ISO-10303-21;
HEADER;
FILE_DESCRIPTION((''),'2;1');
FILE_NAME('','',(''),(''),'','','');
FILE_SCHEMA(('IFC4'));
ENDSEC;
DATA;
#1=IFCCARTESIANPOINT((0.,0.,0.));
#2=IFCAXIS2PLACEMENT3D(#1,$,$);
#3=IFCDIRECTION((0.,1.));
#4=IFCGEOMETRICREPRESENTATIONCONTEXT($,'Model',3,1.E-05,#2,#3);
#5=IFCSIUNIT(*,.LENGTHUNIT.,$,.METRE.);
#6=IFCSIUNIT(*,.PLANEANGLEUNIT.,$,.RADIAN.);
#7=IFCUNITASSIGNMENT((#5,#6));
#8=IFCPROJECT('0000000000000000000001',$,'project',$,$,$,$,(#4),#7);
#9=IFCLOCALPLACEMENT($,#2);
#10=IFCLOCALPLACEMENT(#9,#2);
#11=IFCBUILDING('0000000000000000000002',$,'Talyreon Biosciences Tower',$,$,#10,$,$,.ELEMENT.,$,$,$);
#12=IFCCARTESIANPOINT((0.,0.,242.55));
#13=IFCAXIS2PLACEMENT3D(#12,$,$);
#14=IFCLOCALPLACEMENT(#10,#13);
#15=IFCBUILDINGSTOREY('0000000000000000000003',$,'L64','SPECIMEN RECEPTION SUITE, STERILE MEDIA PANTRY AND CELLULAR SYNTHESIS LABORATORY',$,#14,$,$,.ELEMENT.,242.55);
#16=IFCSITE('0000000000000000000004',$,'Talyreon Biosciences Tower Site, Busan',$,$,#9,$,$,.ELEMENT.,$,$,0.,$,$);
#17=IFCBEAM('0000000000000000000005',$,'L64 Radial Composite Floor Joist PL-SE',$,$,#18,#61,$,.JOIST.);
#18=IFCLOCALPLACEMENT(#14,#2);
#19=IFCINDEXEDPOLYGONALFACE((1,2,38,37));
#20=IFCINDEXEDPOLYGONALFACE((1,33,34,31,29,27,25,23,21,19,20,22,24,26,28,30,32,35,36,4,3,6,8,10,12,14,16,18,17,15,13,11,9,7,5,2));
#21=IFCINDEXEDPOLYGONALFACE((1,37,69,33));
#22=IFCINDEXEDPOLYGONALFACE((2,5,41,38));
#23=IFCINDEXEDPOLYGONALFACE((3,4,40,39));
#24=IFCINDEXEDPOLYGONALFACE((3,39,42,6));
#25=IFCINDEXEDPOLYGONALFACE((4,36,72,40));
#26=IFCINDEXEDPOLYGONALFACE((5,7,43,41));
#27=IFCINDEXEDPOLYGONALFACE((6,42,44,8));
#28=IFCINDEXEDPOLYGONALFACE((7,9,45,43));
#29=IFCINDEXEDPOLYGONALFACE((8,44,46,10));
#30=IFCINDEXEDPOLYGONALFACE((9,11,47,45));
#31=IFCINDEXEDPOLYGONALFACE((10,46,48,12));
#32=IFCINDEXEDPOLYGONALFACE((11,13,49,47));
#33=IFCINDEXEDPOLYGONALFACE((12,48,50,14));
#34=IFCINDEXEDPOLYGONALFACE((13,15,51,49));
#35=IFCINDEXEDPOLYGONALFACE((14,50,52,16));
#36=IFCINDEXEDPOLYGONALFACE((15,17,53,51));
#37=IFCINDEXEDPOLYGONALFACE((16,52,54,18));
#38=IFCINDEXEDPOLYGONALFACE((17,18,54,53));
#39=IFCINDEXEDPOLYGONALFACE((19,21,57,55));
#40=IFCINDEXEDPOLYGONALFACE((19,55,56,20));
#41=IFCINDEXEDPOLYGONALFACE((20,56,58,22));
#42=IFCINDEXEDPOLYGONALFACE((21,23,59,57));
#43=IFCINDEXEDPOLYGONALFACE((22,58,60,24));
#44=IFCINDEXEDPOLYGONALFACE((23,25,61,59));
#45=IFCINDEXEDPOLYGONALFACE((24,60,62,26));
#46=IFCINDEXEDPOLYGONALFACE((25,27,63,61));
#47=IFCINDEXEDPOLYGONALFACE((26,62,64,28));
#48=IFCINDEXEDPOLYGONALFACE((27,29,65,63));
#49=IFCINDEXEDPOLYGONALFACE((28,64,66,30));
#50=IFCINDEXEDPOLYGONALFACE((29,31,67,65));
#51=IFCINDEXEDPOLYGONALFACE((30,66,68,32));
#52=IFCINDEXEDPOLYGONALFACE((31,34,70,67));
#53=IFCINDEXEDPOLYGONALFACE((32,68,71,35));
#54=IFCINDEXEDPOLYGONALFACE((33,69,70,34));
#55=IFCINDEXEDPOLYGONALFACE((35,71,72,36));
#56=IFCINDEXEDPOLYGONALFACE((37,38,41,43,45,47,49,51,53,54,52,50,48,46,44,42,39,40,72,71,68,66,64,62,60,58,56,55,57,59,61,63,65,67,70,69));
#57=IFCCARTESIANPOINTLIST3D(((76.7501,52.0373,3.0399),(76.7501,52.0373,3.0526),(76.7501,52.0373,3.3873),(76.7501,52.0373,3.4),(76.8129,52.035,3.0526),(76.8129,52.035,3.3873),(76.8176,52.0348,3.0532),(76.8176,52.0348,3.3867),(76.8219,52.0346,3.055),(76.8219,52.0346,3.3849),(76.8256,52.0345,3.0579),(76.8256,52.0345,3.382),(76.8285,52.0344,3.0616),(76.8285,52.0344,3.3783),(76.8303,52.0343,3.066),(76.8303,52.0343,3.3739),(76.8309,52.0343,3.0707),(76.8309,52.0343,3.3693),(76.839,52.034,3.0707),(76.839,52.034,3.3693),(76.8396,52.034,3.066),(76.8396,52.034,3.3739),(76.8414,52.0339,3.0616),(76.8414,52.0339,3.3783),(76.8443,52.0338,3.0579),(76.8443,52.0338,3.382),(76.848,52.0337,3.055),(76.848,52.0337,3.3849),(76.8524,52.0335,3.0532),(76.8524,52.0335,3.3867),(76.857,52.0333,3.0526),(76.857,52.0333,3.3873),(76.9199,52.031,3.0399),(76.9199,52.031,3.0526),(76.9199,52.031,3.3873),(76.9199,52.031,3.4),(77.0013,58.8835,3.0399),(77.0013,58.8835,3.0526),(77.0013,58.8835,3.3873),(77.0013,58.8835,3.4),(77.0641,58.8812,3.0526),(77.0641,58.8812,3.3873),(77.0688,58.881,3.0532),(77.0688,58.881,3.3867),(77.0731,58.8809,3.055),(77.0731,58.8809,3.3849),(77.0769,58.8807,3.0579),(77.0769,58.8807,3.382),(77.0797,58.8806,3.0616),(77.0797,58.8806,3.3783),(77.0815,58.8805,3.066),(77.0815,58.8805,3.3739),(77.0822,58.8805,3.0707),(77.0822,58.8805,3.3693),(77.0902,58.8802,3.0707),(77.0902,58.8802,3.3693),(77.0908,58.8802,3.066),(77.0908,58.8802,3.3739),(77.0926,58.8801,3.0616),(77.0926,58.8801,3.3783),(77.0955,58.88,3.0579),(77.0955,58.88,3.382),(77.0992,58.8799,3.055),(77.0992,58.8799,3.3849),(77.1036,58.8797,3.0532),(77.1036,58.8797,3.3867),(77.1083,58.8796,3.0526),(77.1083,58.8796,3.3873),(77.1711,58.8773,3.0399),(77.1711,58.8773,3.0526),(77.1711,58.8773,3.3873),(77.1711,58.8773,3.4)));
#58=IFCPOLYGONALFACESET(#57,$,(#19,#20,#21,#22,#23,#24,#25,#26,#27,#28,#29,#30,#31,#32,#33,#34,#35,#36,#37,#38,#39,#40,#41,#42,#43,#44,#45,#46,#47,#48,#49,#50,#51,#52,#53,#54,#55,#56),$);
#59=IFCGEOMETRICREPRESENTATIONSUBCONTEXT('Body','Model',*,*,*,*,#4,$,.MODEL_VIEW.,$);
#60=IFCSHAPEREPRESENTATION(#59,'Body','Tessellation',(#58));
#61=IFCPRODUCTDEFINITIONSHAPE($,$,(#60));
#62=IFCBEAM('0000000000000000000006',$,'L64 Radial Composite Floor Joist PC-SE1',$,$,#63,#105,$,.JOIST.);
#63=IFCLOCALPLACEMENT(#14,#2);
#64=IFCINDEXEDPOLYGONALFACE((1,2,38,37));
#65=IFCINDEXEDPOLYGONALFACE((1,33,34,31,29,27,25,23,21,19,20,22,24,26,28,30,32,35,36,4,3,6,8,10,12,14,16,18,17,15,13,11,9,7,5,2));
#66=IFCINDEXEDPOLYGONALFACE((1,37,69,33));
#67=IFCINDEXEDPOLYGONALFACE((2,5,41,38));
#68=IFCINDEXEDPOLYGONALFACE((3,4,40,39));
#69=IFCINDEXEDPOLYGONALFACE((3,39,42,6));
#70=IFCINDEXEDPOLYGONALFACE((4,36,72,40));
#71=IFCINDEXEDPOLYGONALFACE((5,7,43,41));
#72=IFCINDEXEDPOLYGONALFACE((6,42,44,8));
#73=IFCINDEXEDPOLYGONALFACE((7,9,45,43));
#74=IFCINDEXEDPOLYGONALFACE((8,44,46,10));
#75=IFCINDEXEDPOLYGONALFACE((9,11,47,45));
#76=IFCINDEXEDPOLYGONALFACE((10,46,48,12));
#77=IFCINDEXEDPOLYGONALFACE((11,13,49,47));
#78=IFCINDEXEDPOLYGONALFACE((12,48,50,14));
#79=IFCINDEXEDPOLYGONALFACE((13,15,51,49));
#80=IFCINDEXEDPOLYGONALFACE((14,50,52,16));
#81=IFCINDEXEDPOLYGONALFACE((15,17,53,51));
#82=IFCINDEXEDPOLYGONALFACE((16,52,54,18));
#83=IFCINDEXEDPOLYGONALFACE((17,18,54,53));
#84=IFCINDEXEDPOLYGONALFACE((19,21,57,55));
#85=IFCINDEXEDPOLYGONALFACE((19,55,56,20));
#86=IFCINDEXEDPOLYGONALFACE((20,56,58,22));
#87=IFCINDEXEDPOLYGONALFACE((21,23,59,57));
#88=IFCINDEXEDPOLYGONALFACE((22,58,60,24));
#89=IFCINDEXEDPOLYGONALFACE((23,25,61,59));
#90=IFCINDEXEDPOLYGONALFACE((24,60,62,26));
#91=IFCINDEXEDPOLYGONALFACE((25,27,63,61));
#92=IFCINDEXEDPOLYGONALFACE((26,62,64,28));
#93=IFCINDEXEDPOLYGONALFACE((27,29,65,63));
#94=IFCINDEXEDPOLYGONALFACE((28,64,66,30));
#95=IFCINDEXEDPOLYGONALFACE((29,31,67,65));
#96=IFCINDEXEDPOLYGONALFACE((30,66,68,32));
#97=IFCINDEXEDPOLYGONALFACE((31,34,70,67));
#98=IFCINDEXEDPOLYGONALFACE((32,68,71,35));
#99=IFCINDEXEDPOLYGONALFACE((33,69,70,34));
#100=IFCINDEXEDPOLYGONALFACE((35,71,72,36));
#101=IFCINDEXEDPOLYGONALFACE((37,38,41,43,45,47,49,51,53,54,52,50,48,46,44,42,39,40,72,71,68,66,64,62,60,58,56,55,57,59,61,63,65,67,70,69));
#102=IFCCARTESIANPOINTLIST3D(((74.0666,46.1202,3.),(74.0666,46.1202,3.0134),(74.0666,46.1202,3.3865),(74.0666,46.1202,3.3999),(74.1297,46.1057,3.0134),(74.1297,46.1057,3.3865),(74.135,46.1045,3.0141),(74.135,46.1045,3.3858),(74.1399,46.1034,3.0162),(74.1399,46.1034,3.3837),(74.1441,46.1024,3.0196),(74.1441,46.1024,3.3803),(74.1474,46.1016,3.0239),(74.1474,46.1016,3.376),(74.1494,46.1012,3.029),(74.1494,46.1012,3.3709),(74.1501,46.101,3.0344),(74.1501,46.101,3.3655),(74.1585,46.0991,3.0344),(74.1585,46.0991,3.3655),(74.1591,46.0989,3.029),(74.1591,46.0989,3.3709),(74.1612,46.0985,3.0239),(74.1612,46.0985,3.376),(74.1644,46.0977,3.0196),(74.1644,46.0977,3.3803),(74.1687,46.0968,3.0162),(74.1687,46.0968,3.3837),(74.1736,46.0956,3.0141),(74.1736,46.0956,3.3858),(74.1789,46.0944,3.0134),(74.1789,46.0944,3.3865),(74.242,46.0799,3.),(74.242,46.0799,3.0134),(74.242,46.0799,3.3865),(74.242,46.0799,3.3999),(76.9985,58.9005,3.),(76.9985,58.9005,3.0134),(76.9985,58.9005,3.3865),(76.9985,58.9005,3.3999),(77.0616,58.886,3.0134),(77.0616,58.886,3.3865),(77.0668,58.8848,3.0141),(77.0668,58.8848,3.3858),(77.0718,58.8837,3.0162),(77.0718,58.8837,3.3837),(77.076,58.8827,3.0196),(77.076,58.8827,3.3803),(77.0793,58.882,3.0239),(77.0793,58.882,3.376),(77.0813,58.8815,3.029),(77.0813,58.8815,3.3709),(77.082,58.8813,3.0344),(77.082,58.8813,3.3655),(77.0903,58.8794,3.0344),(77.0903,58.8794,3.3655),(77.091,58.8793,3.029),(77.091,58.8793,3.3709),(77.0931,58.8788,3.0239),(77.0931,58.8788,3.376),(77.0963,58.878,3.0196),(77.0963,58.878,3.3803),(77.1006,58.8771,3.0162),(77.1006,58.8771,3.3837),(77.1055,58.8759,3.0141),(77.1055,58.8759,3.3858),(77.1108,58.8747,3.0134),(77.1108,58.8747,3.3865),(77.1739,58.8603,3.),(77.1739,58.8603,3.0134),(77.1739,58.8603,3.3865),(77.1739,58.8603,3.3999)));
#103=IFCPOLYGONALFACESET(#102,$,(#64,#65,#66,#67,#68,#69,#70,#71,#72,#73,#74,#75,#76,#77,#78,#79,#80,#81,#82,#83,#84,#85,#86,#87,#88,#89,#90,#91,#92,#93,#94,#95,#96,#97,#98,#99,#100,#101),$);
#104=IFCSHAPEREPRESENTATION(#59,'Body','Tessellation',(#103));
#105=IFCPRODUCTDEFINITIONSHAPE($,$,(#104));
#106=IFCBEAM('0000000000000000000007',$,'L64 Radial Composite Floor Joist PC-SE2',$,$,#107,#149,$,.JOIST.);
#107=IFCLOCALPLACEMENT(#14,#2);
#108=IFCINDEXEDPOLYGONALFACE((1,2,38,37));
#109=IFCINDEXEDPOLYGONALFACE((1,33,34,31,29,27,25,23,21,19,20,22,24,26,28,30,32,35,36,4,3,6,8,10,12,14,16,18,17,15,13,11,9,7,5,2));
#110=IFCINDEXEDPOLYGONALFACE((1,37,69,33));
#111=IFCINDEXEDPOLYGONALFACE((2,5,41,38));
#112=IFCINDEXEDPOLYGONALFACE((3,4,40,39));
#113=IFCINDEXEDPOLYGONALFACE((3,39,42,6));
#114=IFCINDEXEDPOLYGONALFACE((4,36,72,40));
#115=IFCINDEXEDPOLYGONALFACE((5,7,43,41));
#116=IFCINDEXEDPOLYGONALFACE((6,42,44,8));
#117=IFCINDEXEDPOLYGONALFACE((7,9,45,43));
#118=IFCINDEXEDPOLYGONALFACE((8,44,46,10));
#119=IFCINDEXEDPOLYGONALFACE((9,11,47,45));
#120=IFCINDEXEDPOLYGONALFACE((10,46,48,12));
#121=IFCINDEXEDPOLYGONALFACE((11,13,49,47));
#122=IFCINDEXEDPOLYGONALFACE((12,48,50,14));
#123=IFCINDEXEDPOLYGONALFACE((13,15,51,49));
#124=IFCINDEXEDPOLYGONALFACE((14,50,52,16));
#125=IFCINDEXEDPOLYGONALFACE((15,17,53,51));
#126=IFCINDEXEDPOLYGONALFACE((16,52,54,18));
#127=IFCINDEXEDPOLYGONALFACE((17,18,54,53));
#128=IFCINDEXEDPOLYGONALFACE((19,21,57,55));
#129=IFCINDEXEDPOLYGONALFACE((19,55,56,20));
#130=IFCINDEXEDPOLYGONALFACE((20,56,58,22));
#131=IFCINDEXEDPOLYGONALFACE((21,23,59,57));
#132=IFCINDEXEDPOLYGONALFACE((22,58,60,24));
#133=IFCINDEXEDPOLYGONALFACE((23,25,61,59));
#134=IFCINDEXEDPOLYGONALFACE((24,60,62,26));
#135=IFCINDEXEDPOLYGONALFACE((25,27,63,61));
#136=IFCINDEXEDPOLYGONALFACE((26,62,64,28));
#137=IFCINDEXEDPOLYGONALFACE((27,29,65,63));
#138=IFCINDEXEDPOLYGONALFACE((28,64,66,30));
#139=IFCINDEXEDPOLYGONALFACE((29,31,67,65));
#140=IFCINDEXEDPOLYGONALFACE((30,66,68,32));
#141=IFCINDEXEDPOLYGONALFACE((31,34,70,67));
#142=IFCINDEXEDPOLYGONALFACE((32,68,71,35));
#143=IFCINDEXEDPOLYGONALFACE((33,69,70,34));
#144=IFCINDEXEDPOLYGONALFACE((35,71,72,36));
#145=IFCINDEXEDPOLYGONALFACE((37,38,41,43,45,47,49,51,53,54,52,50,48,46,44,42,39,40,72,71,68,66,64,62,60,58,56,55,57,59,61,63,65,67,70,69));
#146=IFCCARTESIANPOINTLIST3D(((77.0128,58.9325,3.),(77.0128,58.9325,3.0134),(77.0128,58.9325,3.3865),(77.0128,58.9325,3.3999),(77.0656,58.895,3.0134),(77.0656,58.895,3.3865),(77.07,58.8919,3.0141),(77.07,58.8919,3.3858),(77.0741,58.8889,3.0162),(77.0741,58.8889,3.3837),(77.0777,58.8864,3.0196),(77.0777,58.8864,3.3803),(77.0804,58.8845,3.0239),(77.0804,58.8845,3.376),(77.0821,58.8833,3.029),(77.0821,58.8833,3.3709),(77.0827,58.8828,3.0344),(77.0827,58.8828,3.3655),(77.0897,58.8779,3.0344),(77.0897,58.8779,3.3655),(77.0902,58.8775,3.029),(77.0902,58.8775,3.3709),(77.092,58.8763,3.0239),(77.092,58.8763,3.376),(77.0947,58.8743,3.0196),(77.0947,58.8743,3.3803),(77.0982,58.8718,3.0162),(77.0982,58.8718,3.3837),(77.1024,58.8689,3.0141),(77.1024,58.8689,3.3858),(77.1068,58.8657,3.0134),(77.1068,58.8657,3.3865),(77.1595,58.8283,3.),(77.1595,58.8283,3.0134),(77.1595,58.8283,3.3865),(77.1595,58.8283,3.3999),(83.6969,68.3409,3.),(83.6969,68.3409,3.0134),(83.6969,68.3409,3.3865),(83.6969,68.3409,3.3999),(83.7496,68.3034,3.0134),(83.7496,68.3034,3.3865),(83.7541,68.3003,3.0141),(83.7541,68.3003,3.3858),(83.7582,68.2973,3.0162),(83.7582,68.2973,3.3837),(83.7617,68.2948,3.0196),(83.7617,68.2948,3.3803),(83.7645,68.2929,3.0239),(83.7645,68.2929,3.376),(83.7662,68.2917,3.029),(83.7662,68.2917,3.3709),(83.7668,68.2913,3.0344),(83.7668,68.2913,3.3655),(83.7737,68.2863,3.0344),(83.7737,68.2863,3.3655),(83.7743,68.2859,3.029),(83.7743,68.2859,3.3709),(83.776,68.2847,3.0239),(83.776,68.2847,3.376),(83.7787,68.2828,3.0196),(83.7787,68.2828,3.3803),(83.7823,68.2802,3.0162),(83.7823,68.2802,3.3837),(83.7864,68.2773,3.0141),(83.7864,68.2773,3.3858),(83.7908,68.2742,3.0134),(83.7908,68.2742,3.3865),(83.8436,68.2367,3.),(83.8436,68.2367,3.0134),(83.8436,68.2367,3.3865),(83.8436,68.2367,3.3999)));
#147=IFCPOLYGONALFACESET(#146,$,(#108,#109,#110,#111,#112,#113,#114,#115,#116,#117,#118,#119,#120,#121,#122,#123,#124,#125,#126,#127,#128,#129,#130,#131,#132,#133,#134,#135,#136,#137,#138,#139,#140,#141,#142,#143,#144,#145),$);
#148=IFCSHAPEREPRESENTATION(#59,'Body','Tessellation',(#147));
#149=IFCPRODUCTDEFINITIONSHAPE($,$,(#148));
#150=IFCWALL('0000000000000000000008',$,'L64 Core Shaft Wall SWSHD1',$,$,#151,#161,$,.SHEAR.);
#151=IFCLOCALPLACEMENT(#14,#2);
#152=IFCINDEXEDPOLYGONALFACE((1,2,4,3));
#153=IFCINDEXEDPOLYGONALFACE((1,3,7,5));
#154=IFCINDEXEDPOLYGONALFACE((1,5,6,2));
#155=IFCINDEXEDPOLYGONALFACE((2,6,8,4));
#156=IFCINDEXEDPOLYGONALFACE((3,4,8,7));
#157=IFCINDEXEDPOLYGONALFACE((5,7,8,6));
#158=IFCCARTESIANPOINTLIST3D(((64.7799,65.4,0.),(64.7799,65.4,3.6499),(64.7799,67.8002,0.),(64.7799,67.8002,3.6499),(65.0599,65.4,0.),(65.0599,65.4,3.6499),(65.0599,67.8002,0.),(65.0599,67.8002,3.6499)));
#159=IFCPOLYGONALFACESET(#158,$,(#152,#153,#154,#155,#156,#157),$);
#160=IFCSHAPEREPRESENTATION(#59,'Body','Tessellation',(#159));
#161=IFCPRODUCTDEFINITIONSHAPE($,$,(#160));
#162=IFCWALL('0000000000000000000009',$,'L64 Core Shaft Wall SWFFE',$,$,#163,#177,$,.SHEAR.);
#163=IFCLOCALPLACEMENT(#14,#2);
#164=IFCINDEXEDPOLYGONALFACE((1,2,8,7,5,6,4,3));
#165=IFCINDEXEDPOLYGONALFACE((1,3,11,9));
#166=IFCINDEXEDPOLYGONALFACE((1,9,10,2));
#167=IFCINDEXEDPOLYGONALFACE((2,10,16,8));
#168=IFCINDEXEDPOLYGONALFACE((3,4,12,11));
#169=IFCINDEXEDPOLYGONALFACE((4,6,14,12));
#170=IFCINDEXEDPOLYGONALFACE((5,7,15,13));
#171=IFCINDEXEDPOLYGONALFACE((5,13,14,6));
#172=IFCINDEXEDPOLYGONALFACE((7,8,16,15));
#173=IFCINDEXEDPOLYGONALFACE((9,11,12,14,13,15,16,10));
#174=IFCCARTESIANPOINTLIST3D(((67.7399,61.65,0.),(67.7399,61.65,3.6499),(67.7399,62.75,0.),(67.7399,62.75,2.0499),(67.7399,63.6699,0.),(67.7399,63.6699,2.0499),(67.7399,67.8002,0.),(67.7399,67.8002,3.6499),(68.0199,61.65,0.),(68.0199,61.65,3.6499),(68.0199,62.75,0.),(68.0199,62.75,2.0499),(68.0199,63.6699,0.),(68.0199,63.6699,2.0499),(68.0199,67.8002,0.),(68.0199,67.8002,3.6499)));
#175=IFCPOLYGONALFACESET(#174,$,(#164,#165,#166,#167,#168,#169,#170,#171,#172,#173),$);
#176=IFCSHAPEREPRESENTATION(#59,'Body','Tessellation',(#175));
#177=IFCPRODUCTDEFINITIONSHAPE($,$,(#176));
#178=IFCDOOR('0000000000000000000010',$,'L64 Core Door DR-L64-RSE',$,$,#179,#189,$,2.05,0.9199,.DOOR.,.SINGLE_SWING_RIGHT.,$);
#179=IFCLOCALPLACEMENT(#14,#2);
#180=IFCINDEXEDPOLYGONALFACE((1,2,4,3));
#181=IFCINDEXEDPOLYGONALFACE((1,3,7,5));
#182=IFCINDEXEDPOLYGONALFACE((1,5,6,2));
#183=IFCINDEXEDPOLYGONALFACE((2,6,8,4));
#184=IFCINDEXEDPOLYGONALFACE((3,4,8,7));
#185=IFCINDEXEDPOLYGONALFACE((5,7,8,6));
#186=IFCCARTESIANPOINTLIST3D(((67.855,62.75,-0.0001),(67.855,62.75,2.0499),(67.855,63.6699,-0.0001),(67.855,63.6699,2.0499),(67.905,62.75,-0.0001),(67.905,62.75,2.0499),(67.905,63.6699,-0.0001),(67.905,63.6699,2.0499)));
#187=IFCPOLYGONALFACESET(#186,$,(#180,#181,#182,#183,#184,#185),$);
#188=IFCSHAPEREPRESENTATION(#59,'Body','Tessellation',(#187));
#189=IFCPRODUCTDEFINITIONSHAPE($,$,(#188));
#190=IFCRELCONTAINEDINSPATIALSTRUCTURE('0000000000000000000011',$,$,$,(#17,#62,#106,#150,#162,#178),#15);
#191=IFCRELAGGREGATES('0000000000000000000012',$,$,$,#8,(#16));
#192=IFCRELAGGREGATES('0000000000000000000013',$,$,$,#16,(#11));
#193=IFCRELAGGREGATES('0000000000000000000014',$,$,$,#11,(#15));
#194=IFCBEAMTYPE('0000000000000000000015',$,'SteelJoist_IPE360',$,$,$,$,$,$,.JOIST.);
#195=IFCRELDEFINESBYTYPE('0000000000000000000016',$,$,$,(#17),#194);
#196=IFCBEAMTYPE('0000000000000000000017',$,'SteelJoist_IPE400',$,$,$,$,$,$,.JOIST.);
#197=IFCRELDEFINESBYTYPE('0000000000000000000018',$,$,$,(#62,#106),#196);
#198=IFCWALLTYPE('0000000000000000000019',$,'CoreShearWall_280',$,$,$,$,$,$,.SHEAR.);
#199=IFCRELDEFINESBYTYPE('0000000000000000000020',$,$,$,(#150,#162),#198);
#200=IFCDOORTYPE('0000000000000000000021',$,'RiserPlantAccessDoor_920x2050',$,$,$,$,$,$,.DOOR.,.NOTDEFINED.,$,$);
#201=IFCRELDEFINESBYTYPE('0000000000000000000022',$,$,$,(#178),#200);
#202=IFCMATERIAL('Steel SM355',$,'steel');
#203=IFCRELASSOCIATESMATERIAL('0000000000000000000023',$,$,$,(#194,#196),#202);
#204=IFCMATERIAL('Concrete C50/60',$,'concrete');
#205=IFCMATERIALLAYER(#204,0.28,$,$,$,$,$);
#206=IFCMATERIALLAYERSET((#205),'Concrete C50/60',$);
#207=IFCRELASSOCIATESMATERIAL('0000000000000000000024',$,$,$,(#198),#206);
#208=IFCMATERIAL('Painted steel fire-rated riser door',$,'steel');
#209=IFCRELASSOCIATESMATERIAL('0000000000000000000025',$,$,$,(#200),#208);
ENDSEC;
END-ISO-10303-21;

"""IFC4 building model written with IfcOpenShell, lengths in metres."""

from ifc_helpers import new_model, si_unit, direction, frame, frame_2d, origin, origin_2d, place, context, subcontext, project, spatial, rectangle, i_section, extrude, material, layer, layer_set, material_profile, profile_set, type_object, element, fill, save


model = new_model("IFC4")

# Units and contexts
model_context = context("Model", 3, precision=1e-05, world=origin(), true_north=direction((0.0, 1.0)))
body_context = subcontext(model_context, "Body", "Model", "MODEL_VIEW")
ifc_project = project(units=[si_unit("LENGTHUNIT", "METRE"), si_unit("PLANEANGLEUNIT", "RADIAN")], contexts=[model_context])

# Site, building, storey
site_placement = place(None, origin())
site = spatial("IfcSite", under=ifc_project, at=site_placement, Name="Talyreon Biosciences Tower Site, Busan", CompositionType="ELEMENT", RefElevation=0.0)
building_placement = place(site_placement, origin())
building = spatial("IfcBuilding", under=site, at=building_placement, Name="Talyreon Biosciences Tower", CompositionType="ELEMENT")
storey_placement = place(building_placement, frame((0.0, 0.0, 242.55)))
storey = spatial("IfcBuildingStorey", under=building, at=storey_placement, Name="L64", Description="SPECIMEN RECEPTION SUITE, STERILE MEDIA PANTRY AND CELLULAR SYNTHESIS LABORATORY", CompositionType="ELEMENT", Elevation=242.55)

# Shared definitions
ifc_material_1 = material(Name="Concrete C50/60", Category="concrete")

# Beams
ifc_material_2 = material(Name="Steel SM355", Category="steel")
ifc_material_profile_1 = material_profile(ifc_material_2, i_section(OverallWidth=0.1699, OverallDepth=0.3601, WebThickness=0.0081, FlangeThickness=0.0127, FilletRadius=0.0181, at=origin_2d()), Name="IPE360")
ifc_profile_set_1 = profile_set([ifc_material_profile_1], Name="Steel SM355")
beam_type_1 = type_object("IfcBeamType", Name="SteelJoist_IPE360", PredefinedType="JOIST", material=ifc_profile_set_1)
beam_1_placement = place(storey_placement, frame((77.0862, 58.8804, 3.22), z_axis=(-0.03667, -0.999327, 0.0), x_axis=(0.999327, -0.03667, 0.0)))
element("IfcBeam", 1, at=beam_1_placement, inside=storey, type_object=beam_type_1, Name="L64 Radial Composite Floor Joist PL-SE", PredefinedType="JOIST", context=body_context, shape_type="SweptSolid", body=[
    extrude(i_section(OverallWidth=0.1699, OverallDepth=0.3601, WebThickness=0.0081, FlangeThickness=0.0127, FilletRadius=0.0181, at=origin_2d()), origin(), (0.0, 0.0, 1.0), 6.8508),
])
ifc_material_profile_2 = material_profile(ifc_material_2, i_section(OverallWidth=0.1799, OverallDepth=0.3999, WebThickness=0.0085, FlangeThickness=0.0134, FilletRadius=0.021, at=origin_2d()), Name="IPE400")
ifc_profile_set_2 = profile_set([ifc_material_profile_2], Name="Steel SM355")
beam_type_2 = type_object("IfcBeamType", Name="SteelJoist_IPE400", PredefinedType="JOIST", material=ifc_profile_set_2)
beam_2_placement = place(storey_placement, frame((77.0862, 58.8804, 3.2), z_axis=(-0.223599, -0.974681, 0.0), x_axis=(0.974681, -0.223599, 0.0)))
element("IfcBeam", 2, at=beam_2_placement, inside=storey, type_object=beam_type_2, Name="L64 Radial Composite Floor Joist PC-SE1", PredefinedType="JOIST", context=body_context, shape_type="SweptSolid", body=[
    extrude(i_section(OverallWidth=0.1799, OverallDepth=0.3999, WebThickness=0.0085, FlangeThickness=0.0134, FilletRadius=0.021, at=origin_2d()), origin(), (0.0, 0.0, 1.0), 13.1123),
])
beam_3_placement = place(storey_placement, frame((77.0862, 58.8804, 3.2), z_axis=(0.579157, 0.815216, 0.0), x_axis=(-0.815216, 0.579157, 0.0)))
element("IfcBeam", 3, at=beam_3_placement, inside=storey, type_object=beam_type_2, Name="L64 Radial Composite Floor Joist PC-SE2", PredefinedType="JOIST", context=body_context, shape_type="SweptSolid", body=[
    extrude(i_section(OverallWidth=0.1799, OverallDepth=0.3999, WebThickness=0.0085, FlangeThickness=0.0134, FilletRadius=0.021, at=origin_2d()), origin(), (0.0, 0.0, 1.0), 11.541),
])

# Wall
ifc_layer_1 = layer(ifc_material_1, 0.28)
ifc_layer_set_1 = layer_set([ifc_layer_1], Name="Concrete C50/60")
wall_type_1 = type_object("IfcWallType", Name="CoreShearWall_280", PredefinedType="SHEAR", material=ifc_layer_set_1)
wall_1_placement = place(storey_placement, frame((64.9199, 65.3999, 0.0), z_axis=(0.0, 0.0, 1.0), x_axis=(0.0, 1.0, 0.0)))
element("IfcWall", 4, at=wall_1_placement, inside=storey, type_object=wall_type_1, Name="L64 Core Shaft Wall SWSHD1", PredefinedType="SHEAR", context=body_context, shape_type="SweptSolid", body=[
    extrude(rectangle(XDim=2.4001, YDim=0.28, at=frame_2d((1.2002, 0.0))), origin(), (0.0, 0.0, 1.0), 3.6499),
])

# Wall, opening, door
wall_2_placement = place(storey_placement, frame((67.8799, 61.6499, 0.0), z_axis=(0.0, 0.0, 1.0), x_axis=(0.0, 1.0, 0.0)))
wall_2 = element("IfcWall", 5, at=wall_2_placement, inside=storey, type_object=wall_type_1, Name="L64 Core Shaft Wall SWFFE", PredefinedType="SHEAR", context=body_context, shape_type="SweptSolid", body=[
    extrude(rectangle(XDim=6.1501, YDim=0.28, at=frame_2d((3.0752, 0.0))), origin(), (0.0, 0.0, 1.0), 3.6499),
])
opening_1_placement = place(wall_2_placement, frame((1.1001, 0.0, 0.0)))
opening_1 = element("IfcOpeningElement", 6, at=opening_1_placement, cuts=wall_2, PredefinedType="OPENING", context=body_context, shape_type="SweptSolid", body=[
    extrude(rectangle(XDim=0.9199, YDim=2.05, at=frame_2d((0.46, 1.0249))), frame((0.0, 0.1499, 0.0), z_axis=(0.0, -1.0, 0.0), x_axis=(1.0, 0.0, 0.0)), (0.0, 0.0, 1.0), 0.3),
])
ifc_material_3 = material(Name="Painted steel fire-rated riser door", Category="steel")
door_type_1 = type_object("IfcDoorType", Name="RiserPlantAccessDoor_920x2050", OperationType="NOTDEFINED", PredefinedType="DOOR", material=ifc_material_3)
door_1_placement = place(opening_1_placement, origin())
door_1 = element("IfcDoor", 7, at=door_1_placement, inside=storey, type_object=door_type_1, Name="L64 Core Door DR-L64-RSE", OperationType="SINGLE_SWING_RIGHT", OverallHeight=2.05, OverallWidth=0.9199, PredefinedType="DOOR", context=body_context, shape_type="SweptSolid", body=[
    extrude(rectangle(XDim=0.9199, YDim=2.05, at=frame_2d((0.46, 1.0249))), frame((0.0, 0.0249, 0.0), z_axis=(0.0, -1.0, 0.0), x_axis=(1.0, 0.0, 0.0)), (0.0, 0.0, 1.0), 0.05),
])
fill(opening_1, door_1)

save(model, "model.ifc")
